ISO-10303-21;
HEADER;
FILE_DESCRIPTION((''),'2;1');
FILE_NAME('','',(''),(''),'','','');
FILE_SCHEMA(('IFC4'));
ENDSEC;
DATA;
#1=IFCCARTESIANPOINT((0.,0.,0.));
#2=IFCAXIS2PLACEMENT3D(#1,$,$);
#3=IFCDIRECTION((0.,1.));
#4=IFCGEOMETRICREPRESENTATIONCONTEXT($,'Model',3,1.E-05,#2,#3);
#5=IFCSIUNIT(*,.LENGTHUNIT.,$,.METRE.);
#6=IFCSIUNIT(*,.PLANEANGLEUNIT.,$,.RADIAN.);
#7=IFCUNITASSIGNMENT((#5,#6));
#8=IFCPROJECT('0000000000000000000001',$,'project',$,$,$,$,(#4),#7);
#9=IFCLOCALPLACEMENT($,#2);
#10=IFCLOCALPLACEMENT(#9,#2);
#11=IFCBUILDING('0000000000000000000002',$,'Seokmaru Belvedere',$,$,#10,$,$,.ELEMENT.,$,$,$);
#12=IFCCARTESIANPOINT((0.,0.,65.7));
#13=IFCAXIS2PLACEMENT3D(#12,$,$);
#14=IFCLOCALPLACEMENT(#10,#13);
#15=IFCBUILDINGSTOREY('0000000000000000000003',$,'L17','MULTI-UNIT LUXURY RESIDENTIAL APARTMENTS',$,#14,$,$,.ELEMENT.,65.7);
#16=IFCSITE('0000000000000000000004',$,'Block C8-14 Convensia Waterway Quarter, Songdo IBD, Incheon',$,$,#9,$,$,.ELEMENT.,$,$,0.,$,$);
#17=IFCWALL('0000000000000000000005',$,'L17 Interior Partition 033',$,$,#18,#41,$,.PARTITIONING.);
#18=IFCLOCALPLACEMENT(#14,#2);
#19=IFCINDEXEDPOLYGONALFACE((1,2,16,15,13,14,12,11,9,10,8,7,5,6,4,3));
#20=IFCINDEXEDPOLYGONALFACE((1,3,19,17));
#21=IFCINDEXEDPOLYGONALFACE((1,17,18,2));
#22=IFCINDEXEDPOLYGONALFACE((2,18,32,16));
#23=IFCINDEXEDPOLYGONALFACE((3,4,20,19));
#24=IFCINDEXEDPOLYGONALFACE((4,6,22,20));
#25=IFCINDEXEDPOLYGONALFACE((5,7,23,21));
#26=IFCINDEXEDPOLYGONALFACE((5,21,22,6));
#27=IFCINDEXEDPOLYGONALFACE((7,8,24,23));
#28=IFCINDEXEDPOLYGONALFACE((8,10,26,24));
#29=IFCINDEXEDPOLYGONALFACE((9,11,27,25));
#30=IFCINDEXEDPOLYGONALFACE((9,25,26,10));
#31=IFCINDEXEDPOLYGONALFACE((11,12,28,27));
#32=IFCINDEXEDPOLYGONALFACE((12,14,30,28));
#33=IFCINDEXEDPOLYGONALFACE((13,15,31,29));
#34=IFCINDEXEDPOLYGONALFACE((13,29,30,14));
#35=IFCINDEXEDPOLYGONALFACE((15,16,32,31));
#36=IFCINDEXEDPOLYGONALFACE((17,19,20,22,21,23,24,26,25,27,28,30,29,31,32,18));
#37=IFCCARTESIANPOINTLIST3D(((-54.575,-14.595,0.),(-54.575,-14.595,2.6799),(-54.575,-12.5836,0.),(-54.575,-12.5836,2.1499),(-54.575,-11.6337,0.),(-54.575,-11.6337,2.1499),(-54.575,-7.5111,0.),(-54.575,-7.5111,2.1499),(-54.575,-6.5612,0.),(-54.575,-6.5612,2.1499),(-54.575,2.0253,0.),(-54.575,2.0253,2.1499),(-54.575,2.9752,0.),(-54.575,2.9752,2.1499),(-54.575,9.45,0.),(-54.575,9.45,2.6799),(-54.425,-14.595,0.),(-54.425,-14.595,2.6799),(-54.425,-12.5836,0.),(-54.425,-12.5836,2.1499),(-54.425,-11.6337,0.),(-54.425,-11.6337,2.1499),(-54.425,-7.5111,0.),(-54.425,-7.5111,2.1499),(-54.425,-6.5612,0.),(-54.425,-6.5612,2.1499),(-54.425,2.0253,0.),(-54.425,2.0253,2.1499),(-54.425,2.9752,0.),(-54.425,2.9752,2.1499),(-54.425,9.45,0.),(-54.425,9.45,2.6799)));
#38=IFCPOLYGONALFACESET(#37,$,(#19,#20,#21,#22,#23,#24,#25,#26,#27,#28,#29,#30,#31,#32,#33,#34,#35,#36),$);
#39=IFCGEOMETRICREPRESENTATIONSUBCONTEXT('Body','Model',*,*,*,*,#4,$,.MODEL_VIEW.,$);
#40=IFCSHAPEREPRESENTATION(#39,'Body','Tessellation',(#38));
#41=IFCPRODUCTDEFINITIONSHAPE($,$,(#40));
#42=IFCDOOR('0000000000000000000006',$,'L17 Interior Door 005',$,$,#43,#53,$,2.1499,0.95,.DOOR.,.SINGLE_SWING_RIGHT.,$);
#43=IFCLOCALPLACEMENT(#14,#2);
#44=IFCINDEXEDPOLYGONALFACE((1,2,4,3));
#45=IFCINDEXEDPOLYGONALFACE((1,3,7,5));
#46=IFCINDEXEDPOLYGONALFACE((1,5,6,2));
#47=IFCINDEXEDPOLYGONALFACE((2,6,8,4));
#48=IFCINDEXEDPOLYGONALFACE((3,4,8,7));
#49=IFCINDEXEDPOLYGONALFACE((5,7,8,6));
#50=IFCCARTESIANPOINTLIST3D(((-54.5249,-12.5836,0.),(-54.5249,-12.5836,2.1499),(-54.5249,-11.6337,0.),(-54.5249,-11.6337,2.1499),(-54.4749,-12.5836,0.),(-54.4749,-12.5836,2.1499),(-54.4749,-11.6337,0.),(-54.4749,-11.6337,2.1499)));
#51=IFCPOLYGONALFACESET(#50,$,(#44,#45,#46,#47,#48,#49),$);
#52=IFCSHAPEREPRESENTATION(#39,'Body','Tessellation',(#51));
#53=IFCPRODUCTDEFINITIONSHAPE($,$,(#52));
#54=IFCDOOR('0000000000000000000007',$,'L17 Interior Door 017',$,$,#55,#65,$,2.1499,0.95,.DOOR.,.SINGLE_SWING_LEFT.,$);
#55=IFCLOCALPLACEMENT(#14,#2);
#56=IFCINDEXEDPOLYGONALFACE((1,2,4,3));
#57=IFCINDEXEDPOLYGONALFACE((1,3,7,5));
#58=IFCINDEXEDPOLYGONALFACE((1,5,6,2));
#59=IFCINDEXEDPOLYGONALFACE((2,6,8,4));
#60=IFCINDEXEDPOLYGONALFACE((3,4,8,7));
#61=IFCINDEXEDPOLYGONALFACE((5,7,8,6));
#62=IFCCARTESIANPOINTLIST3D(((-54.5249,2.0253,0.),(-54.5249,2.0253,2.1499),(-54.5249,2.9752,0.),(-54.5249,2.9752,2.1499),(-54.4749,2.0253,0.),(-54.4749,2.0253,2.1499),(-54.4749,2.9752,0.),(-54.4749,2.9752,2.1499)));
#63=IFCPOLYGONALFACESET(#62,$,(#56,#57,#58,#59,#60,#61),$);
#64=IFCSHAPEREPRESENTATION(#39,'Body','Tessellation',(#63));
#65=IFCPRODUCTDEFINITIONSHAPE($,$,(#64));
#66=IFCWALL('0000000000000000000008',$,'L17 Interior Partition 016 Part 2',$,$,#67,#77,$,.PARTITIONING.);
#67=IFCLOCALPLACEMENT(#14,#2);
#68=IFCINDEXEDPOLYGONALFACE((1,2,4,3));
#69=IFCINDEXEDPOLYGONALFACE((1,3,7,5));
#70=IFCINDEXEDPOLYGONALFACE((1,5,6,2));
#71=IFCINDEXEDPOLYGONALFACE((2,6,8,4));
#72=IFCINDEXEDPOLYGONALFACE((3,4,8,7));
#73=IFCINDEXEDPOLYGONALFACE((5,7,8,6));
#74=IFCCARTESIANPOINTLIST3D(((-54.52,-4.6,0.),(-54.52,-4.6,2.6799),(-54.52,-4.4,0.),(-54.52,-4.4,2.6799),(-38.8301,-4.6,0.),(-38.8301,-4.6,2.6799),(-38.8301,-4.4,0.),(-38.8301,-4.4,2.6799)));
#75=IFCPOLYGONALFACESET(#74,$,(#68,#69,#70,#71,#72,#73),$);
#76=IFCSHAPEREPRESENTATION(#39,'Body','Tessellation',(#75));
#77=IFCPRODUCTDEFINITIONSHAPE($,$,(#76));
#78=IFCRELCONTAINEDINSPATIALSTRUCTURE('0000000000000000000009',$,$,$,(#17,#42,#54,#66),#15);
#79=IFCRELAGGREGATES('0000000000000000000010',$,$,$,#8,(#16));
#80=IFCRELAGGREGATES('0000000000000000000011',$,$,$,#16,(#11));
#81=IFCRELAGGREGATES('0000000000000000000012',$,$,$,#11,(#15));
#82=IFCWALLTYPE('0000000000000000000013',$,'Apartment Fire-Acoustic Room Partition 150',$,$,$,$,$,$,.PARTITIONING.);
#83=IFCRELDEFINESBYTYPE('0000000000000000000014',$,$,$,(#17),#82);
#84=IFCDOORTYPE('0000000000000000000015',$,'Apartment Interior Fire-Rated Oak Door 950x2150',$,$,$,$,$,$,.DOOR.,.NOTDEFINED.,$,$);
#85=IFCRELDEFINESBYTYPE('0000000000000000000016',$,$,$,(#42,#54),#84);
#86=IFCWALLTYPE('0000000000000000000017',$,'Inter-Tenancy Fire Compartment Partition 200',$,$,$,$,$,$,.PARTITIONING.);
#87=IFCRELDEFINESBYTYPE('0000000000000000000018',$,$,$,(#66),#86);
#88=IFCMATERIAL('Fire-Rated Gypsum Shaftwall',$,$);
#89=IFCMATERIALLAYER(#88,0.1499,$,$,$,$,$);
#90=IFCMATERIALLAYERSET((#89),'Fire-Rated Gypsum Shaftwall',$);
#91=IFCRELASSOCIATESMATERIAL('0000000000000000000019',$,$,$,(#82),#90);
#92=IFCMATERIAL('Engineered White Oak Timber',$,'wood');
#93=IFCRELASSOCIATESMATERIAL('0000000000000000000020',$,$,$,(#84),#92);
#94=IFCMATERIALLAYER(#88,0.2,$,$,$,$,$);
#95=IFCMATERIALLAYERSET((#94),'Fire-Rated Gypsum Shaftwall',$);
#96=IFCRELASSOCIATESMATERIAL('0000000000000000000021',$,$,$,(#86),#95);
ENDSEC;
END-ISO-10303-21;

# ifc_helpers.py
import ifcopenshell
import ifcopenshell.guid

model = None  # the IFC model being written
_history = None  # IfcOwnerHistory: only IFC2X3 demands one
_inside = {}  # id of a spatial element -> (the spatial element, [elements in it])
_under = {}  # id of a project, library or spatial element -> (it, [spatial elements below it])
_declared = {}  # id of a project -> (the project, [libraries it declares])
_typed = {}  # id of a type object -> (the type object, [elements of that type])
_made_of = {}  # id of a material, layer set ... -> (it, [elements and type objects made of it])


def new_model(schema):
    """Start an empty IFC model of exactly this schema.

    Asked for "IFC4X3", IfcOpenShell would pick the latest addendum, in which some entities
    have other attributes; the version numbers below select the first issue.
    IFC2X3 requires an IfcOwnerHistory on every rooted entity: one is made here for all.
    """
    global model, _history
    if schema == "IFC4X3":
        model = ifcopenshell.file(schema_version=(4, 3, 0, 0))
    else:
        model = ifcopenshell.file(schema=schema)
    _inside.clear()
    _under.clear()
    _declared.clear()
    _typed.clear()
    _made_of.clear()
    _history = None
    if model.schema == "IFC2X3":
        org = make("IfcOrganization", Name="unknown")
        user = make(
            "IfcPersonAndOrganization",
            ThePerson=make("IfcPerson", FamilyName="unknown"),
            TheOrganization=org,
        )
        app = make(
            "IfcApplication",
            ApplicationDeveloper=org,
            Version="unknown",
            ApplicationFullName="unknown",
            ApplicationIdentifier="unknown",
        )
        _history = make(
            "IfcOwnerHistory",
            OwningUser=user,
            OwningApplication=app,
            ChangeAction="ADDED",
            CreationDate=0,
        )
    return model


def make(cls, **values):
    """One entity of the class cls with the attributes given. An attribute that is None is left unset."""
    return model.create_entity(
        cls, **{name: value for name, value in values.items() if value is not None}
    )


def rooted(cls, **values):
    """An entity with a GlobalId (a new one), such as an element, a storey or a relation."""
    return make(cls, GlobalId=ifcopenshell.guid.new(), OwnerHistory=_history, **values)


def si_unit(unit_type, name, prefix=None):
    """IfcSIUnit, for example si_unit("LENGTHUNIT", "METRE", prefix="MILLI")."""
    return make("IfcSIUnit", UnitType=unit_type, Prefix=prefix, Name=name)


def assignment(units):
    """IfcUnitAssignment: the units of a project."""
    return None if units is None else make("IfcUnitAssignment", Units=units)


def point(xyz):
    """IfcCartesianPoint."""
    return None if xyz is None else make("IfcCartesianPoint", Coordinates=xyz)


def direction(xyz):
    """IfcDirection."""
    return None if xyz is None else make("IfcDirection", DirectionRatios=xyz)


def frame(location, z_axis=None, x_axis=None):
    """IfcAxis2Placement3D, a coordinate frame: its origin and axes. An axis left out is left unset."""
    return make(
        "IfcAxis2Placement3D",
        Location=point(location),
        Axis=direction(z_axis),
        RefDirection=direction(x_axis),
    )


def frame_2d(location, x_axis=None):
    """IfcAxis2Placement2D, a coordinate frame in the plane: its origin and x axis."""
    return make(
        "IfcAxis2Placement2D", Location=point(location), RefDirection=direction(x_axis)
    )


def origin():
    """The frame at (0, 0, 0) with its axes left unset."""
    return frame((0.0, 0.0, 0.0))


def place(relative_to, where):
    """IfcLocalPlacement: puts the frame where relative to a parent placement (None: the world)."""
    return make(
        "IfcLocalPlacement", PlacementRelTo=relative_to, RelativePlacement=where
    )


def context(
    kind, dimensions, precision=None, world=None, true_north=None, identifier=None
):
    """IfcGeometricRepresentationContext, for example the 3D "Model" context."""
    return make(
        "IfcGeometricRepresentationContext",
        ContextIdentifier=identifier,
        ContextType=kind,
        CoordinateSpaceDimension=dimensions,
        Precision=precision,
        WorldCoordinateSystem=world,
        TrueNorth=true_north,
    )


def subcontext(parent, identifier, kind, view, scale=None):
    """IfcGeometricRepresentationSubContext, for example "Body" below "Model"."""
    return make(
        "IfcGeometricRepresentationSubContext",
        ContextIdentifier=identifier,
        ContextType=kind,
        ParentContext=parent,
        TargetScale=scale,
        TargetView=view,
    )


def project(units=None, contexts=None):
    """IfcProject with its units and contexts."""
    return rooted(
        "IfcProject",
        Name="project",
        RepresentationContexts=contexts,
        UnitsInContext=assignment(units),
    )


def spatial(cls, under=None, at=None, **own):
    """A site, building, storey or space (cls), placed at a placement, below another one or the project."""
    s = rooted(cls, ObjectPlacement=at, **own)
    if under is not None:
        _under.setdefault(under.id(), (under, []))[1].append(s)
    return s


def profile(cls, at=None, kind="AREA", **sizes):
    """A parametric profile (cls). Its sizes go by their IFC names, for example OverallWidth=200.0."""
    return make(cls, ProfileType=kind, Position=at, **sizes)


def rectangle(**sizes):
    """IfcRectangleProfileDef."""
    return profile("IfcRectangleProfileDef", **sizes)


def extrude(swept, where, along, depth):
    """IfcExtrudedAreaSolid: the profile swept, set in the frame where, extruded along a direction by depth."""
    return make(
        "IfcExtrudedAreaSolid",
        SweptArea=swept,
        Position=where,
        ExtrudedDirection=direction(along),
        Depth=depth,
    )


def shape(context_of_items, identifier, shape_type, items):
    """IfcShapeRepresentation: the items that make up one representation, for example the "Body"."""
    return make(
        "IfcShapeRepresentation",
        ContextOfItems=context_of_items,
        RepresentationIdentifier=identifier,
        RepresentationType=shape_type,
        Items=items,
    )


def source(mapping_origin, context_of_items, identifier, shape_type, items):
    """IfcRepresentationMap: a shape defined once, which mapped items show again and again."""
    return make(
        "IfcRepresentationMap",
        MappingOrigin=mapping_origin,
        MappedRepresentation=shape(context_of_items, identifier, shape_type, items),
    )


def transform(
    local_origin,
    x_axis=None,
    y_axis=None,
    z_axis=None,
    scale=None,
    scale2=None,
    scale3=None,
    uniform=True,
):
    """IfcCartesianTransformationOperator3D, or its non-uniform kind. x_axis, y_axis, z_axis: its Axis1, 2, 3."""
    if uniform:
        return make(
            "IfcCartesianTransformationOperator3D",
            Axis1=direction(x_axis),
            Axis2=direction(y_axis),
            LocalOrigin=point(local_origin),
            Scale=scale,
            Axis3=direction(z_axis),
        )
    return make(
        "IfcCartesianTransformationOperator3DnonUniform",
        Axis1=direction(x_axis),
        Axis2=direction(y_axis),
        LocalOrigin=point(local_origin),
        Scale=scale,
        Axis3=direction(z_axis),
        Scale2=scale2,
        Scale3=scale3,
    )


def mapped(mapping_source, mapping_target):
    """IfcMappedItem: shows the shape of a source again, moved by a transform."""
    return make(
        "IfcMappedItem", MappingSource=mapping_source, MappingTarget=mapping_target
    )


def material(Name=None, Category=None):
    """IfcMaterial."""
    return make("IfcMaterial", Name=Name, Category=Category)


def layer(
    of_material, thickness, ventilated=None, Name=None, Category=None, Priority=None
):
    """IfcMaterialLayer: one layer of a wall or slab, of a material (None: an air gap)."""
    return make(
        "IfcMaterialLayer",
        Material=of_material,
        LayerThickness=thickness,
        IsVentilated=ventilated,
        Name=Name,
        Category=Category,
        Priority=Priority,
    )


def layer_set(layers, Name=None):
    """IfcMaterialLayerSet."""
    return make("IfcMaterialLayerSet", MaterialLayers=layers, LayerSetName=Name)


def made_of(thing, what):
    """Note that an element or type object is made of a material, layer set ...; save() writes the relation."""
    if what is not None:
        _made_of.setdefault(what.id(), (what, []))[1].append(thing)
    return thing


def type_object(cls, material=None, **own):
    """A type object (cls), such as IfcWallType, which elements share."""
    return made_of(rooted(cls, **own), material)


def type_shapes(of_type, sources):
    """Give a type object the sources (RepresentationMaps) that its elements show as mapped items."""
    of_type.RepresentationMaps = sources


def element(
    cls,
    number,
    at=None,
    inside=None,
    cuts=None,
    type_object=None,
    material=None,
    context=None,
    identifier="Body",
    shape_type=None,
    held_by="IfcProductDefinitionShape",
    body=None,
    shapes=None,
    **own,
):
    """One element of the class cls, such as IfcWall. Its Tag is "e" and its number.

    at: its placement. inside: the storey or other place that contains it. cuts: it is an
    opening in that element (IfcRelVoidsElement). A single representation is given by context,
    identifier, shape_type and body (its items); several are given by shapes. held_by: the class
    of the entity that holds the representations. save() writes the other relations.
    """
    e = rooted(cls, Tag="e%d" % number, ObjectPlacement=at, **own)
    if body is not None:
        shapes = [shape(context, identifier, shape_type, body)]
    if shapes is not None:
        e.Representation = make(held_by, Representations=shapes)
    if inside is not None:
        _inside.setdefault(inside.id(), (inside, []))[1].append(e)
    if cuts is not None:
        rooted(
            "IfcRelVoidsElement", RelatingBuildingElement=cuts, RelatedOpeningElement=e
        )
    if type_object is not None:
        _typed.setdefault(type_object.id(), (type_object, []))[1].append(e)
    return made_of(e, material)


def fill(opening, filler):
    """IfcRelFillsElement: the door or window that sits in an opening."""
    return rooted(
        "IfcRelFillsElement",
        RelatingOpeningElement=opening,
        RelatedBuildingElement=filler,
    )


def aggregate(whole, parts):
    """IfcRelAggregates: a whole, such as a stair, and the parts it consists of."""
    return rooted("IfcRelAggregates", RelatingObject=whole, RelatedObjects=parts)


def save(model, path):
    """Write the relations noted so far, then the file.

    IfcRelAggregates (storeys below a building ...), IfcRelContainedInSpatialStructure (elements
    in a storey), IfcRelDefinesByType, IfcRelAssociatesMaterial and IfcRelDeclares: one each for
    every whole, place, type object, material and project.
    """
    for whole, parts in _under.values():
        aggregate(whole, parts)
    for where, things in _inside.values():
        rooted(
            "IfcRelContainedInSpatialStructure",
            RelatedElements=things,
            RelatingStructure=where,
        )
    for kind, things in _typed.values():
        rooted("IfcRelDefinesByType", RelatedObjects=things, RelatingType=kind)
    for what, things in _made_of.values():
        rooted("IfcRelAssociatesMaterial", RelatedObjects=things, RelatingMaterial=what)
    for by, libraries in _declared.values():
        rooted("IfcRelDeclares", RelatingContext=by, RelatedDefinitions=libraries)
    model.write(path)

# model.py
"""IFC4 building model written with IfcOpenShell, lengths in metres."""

from ifc_helpers import new_model, si_unit, direction, frame, frame_2d, origin, place, context, subcontext, project, spatial, rectangle, extrude, source, transform, mapped, material, layer, layer_set, type_object, type_shapes, element, fill, save


model = new_model("IFC4")

# Units and contexts
model_context = context("Model", 3, precision=1e-05, world=origin(), true_north=direction((0.0, 1.0)))
body_context = subcontext(model_context, "Body", "Model", "MODEL_VIEW")
ifc_project = project(units=[si_unit("LENGTHUNIT", "METRE"), si_unit("PLANEANGLEUNIT", "RADIAN")], contexts=[model_context])

# Site, building, storey
site_placement = place(None, origin())
site = spatial("IfcSite", under=ifc_project, at=site_placement, Name="Block C8-14 Convensia Waterway Quarter, Songdo IBD, Incheon", CompositionType="ELEMENT", RefElevation=0.0)
building_placement = place(site_placement, origin())
building = spatial("IfcBuilding", under=site, at=building_placement, Name="Seokmaru Belvedere", CompositionType="ELEMENT")
storey_placement = place(building_placement, frame((0.0, 0.0, 65.7)))
storey = spatial("IfcBuildingStorey", under=building, at=storey_placement, Name="L17", Description="MULTI-UNIT LUXURY RESIDENTIAL APARTMENTS", CompositionType="ELEMENT", Elevation=65.7)

# Shared definitions
ifc_material_1 = material(Name="Fire-Rated Gypsum Shaftwall")
ifc_layer_1 = layer(ifc_material_1, 0.1499)
ifc_layer_set_1 = layer_set([ifc_layer_1], Name="Fire-Rated Gypsum Shaftwall")
wall_type_1 = type_object("IfcWallType", Name="Apartment Fire-Acoustic Room Partition 150", PredefinedType="PARTITIONING", material=ifc_layer_set_1)
ifc_material_2 = material(Name="Engineered White Oak Timber", Category="wood")
door_type = type_object("IfcDoorType", Name="Apartment Interior Fire-Rated Oak Door 950x2150", OperationType="NOTDEFINED", PredefinedType="DOOR", material=ifc_material_2)
shared_shape_1 = source(origin(), body_context, "Body", "SweptSolid", [
    extrude(rectangle(XDim=0.95, YDim=2.1499, at=frame_2d((0.4751, 1.075))), frame((0.0, 0.0249, 0.0), z_axis=(0.0, -1.0, 0.0), x_axis=(1.0, 0.0, 0.0)), (0.0, 0.0, 1.0), 0.05),
])
type_shapes(door_type, [shared_shape_1])

# Wall, openings, doors
wall_1_placement = place(storey_placement, frame((-54.5, -14.595, 0.0), z_axis=(0.0, 0.0, 1.0), x_axis=(0.0, 1.0, 0.0)))
wall_1 = element("IfcWall", 1, at=wall_1_placement, inside=storey, type_object=wall_type_1, Name="L17 Interior Partition 033", PredefinedType="PARTITIONING", context=body_context, shape_type="SweptSolid", body=[
    extrude(rectangle(XDim=24.0449, YDim=0.1499, at=frame_2d((12.0225, 0.0))), origin(), (0.0, 0.0, 1.0), 2.6799),
])
opening_1_placement = place(wall_1_placement, frame((2.0112, 0.0, 0.0)))
opening_1 = element("IfcOpeningElement", 2, at=opening_1_placement, cuts=wall_1, PredefinedType="OPENING", context=body_context, shape_type="SweptSolid", body=[
    extrude(rectangle(XDim=0.95, YDim=2.1499, at=frame_2d((0.4751, 1.075))), frame((0.0, 0.085, 0.0), z_axis=(0.0, -1.0, 0.0), x_axis=(1.0, 0.0, 0.0)), (0.0, 0.0, 1.0), 0.1699),
])
opening_2_placement = place(wall_1_placement, frame((7.0837, 0.0, 0.0)))
element("IfcOpeningElement", 3, at=opening_2_placement, cuts=wall_1, PredefinedType="OPENING", context=body_context, shape_type="SweptSolid", body=[
    extrude(rectangle(XDim=0.95, YDim=2.1499, at=frame_2d((0.4751, 1.075))), frame((0.0, 0.085, 0.0), z_axis=(0.0, -1.0, 0.0), x_axis=(1.0, 0.0, 0.0)), (0.0, 0.0, 1.0), 0.1699),
])
opening_3_placement = place(wall_1_placement, frame((16.6201, 0.0, 0.0)))
opening_3 = element("IfcOpeningElement", 4, at=opening_3_placement, cuts=wall_1, PredefinedType="OPENING", context=body_context, shape_type="SweptSolid", body=[
    extrude(rectangle(XDim=0.95, YDim=2.1499, at=frame_2d((0.4751, 1.075))), frame((0.0, 0.085, 0.0), z_axis=(0.0, -1.0, 0.0), x_axis=(1.0, 0.0, 0.0)), (0.0, 0.0, 1.0), 0.1699),
])
door_1_placement = place(opening_1_placement, origin())
door_1 = element("IfcDoor", 5, at=door_1_placement, inside=storey, type_object=door_type, Name="L17 Interior Door 005", OperationType="SINGLE_SWING_RIGHT", OverallHeight=2.1499, OverallWidth=0.95, PredefinedType="DOOR", context=body_context, shape_type="MappedRepresentation", body=[
    mapped(shared_shape_1, transform((0.0, 0.0, 0.0), scale=1.0)),
])
fill(opening_1, door_1)
door_2_placement = place(opening_3_placement, origin())
door_2 = element("IfcDoor", 6, at=door_2_placement, inside=storey, type_object=door_type, Name="L17 Interior Door 017", OperationType="SINGLE_SWING_LEFT", OverallHeight=2.1499, OverallWidth=0.95, PredefinedType="DOOR", context=body_context, shape_type="MappedRepresentation", body=[
    mapped(shared_shape_1, transform((0.0, 0.0, 0.0), scale=1.0)),
])
fill(opening_3, door_2)

# Wall
ifc_layer_2 = layer(ifc_material_1, 0.2)
ifc_layer_set_2 = layer_set([ifc_layer_2], Name="Fire-Rated Gypsum Shaftwall")
wall_type_2 = type_object("IfcWallType", Name="Inter-Tenancy Fire Compartment Partition 200", PredefinedType="PARTITIONING", material=ifc_layer_set_2)
wall_2_placement = place(storey_placement, frame((-54.52, -4.5, 0.0), z_axis=(0.0, 0.0, 1.0), x_axis=(1.0, 0.0, 0.0)))
element("IfcWall", 7, at=wall_2_placement, inside=storey, type_object=wall_type_2, Name="L17 Interior Partition 016 Part 2", PredefinedType="PARTITIONING", context=body_context, shape_type="SweptSolid", body=[
    extrude(rectangle(XDim=15.6899, YDim=0.2, at=frame_2d((7.845, 0.0))), origin(), (0.0, 0.0, 1.0), 2.6799),
])

save(model, "model.ifc")
